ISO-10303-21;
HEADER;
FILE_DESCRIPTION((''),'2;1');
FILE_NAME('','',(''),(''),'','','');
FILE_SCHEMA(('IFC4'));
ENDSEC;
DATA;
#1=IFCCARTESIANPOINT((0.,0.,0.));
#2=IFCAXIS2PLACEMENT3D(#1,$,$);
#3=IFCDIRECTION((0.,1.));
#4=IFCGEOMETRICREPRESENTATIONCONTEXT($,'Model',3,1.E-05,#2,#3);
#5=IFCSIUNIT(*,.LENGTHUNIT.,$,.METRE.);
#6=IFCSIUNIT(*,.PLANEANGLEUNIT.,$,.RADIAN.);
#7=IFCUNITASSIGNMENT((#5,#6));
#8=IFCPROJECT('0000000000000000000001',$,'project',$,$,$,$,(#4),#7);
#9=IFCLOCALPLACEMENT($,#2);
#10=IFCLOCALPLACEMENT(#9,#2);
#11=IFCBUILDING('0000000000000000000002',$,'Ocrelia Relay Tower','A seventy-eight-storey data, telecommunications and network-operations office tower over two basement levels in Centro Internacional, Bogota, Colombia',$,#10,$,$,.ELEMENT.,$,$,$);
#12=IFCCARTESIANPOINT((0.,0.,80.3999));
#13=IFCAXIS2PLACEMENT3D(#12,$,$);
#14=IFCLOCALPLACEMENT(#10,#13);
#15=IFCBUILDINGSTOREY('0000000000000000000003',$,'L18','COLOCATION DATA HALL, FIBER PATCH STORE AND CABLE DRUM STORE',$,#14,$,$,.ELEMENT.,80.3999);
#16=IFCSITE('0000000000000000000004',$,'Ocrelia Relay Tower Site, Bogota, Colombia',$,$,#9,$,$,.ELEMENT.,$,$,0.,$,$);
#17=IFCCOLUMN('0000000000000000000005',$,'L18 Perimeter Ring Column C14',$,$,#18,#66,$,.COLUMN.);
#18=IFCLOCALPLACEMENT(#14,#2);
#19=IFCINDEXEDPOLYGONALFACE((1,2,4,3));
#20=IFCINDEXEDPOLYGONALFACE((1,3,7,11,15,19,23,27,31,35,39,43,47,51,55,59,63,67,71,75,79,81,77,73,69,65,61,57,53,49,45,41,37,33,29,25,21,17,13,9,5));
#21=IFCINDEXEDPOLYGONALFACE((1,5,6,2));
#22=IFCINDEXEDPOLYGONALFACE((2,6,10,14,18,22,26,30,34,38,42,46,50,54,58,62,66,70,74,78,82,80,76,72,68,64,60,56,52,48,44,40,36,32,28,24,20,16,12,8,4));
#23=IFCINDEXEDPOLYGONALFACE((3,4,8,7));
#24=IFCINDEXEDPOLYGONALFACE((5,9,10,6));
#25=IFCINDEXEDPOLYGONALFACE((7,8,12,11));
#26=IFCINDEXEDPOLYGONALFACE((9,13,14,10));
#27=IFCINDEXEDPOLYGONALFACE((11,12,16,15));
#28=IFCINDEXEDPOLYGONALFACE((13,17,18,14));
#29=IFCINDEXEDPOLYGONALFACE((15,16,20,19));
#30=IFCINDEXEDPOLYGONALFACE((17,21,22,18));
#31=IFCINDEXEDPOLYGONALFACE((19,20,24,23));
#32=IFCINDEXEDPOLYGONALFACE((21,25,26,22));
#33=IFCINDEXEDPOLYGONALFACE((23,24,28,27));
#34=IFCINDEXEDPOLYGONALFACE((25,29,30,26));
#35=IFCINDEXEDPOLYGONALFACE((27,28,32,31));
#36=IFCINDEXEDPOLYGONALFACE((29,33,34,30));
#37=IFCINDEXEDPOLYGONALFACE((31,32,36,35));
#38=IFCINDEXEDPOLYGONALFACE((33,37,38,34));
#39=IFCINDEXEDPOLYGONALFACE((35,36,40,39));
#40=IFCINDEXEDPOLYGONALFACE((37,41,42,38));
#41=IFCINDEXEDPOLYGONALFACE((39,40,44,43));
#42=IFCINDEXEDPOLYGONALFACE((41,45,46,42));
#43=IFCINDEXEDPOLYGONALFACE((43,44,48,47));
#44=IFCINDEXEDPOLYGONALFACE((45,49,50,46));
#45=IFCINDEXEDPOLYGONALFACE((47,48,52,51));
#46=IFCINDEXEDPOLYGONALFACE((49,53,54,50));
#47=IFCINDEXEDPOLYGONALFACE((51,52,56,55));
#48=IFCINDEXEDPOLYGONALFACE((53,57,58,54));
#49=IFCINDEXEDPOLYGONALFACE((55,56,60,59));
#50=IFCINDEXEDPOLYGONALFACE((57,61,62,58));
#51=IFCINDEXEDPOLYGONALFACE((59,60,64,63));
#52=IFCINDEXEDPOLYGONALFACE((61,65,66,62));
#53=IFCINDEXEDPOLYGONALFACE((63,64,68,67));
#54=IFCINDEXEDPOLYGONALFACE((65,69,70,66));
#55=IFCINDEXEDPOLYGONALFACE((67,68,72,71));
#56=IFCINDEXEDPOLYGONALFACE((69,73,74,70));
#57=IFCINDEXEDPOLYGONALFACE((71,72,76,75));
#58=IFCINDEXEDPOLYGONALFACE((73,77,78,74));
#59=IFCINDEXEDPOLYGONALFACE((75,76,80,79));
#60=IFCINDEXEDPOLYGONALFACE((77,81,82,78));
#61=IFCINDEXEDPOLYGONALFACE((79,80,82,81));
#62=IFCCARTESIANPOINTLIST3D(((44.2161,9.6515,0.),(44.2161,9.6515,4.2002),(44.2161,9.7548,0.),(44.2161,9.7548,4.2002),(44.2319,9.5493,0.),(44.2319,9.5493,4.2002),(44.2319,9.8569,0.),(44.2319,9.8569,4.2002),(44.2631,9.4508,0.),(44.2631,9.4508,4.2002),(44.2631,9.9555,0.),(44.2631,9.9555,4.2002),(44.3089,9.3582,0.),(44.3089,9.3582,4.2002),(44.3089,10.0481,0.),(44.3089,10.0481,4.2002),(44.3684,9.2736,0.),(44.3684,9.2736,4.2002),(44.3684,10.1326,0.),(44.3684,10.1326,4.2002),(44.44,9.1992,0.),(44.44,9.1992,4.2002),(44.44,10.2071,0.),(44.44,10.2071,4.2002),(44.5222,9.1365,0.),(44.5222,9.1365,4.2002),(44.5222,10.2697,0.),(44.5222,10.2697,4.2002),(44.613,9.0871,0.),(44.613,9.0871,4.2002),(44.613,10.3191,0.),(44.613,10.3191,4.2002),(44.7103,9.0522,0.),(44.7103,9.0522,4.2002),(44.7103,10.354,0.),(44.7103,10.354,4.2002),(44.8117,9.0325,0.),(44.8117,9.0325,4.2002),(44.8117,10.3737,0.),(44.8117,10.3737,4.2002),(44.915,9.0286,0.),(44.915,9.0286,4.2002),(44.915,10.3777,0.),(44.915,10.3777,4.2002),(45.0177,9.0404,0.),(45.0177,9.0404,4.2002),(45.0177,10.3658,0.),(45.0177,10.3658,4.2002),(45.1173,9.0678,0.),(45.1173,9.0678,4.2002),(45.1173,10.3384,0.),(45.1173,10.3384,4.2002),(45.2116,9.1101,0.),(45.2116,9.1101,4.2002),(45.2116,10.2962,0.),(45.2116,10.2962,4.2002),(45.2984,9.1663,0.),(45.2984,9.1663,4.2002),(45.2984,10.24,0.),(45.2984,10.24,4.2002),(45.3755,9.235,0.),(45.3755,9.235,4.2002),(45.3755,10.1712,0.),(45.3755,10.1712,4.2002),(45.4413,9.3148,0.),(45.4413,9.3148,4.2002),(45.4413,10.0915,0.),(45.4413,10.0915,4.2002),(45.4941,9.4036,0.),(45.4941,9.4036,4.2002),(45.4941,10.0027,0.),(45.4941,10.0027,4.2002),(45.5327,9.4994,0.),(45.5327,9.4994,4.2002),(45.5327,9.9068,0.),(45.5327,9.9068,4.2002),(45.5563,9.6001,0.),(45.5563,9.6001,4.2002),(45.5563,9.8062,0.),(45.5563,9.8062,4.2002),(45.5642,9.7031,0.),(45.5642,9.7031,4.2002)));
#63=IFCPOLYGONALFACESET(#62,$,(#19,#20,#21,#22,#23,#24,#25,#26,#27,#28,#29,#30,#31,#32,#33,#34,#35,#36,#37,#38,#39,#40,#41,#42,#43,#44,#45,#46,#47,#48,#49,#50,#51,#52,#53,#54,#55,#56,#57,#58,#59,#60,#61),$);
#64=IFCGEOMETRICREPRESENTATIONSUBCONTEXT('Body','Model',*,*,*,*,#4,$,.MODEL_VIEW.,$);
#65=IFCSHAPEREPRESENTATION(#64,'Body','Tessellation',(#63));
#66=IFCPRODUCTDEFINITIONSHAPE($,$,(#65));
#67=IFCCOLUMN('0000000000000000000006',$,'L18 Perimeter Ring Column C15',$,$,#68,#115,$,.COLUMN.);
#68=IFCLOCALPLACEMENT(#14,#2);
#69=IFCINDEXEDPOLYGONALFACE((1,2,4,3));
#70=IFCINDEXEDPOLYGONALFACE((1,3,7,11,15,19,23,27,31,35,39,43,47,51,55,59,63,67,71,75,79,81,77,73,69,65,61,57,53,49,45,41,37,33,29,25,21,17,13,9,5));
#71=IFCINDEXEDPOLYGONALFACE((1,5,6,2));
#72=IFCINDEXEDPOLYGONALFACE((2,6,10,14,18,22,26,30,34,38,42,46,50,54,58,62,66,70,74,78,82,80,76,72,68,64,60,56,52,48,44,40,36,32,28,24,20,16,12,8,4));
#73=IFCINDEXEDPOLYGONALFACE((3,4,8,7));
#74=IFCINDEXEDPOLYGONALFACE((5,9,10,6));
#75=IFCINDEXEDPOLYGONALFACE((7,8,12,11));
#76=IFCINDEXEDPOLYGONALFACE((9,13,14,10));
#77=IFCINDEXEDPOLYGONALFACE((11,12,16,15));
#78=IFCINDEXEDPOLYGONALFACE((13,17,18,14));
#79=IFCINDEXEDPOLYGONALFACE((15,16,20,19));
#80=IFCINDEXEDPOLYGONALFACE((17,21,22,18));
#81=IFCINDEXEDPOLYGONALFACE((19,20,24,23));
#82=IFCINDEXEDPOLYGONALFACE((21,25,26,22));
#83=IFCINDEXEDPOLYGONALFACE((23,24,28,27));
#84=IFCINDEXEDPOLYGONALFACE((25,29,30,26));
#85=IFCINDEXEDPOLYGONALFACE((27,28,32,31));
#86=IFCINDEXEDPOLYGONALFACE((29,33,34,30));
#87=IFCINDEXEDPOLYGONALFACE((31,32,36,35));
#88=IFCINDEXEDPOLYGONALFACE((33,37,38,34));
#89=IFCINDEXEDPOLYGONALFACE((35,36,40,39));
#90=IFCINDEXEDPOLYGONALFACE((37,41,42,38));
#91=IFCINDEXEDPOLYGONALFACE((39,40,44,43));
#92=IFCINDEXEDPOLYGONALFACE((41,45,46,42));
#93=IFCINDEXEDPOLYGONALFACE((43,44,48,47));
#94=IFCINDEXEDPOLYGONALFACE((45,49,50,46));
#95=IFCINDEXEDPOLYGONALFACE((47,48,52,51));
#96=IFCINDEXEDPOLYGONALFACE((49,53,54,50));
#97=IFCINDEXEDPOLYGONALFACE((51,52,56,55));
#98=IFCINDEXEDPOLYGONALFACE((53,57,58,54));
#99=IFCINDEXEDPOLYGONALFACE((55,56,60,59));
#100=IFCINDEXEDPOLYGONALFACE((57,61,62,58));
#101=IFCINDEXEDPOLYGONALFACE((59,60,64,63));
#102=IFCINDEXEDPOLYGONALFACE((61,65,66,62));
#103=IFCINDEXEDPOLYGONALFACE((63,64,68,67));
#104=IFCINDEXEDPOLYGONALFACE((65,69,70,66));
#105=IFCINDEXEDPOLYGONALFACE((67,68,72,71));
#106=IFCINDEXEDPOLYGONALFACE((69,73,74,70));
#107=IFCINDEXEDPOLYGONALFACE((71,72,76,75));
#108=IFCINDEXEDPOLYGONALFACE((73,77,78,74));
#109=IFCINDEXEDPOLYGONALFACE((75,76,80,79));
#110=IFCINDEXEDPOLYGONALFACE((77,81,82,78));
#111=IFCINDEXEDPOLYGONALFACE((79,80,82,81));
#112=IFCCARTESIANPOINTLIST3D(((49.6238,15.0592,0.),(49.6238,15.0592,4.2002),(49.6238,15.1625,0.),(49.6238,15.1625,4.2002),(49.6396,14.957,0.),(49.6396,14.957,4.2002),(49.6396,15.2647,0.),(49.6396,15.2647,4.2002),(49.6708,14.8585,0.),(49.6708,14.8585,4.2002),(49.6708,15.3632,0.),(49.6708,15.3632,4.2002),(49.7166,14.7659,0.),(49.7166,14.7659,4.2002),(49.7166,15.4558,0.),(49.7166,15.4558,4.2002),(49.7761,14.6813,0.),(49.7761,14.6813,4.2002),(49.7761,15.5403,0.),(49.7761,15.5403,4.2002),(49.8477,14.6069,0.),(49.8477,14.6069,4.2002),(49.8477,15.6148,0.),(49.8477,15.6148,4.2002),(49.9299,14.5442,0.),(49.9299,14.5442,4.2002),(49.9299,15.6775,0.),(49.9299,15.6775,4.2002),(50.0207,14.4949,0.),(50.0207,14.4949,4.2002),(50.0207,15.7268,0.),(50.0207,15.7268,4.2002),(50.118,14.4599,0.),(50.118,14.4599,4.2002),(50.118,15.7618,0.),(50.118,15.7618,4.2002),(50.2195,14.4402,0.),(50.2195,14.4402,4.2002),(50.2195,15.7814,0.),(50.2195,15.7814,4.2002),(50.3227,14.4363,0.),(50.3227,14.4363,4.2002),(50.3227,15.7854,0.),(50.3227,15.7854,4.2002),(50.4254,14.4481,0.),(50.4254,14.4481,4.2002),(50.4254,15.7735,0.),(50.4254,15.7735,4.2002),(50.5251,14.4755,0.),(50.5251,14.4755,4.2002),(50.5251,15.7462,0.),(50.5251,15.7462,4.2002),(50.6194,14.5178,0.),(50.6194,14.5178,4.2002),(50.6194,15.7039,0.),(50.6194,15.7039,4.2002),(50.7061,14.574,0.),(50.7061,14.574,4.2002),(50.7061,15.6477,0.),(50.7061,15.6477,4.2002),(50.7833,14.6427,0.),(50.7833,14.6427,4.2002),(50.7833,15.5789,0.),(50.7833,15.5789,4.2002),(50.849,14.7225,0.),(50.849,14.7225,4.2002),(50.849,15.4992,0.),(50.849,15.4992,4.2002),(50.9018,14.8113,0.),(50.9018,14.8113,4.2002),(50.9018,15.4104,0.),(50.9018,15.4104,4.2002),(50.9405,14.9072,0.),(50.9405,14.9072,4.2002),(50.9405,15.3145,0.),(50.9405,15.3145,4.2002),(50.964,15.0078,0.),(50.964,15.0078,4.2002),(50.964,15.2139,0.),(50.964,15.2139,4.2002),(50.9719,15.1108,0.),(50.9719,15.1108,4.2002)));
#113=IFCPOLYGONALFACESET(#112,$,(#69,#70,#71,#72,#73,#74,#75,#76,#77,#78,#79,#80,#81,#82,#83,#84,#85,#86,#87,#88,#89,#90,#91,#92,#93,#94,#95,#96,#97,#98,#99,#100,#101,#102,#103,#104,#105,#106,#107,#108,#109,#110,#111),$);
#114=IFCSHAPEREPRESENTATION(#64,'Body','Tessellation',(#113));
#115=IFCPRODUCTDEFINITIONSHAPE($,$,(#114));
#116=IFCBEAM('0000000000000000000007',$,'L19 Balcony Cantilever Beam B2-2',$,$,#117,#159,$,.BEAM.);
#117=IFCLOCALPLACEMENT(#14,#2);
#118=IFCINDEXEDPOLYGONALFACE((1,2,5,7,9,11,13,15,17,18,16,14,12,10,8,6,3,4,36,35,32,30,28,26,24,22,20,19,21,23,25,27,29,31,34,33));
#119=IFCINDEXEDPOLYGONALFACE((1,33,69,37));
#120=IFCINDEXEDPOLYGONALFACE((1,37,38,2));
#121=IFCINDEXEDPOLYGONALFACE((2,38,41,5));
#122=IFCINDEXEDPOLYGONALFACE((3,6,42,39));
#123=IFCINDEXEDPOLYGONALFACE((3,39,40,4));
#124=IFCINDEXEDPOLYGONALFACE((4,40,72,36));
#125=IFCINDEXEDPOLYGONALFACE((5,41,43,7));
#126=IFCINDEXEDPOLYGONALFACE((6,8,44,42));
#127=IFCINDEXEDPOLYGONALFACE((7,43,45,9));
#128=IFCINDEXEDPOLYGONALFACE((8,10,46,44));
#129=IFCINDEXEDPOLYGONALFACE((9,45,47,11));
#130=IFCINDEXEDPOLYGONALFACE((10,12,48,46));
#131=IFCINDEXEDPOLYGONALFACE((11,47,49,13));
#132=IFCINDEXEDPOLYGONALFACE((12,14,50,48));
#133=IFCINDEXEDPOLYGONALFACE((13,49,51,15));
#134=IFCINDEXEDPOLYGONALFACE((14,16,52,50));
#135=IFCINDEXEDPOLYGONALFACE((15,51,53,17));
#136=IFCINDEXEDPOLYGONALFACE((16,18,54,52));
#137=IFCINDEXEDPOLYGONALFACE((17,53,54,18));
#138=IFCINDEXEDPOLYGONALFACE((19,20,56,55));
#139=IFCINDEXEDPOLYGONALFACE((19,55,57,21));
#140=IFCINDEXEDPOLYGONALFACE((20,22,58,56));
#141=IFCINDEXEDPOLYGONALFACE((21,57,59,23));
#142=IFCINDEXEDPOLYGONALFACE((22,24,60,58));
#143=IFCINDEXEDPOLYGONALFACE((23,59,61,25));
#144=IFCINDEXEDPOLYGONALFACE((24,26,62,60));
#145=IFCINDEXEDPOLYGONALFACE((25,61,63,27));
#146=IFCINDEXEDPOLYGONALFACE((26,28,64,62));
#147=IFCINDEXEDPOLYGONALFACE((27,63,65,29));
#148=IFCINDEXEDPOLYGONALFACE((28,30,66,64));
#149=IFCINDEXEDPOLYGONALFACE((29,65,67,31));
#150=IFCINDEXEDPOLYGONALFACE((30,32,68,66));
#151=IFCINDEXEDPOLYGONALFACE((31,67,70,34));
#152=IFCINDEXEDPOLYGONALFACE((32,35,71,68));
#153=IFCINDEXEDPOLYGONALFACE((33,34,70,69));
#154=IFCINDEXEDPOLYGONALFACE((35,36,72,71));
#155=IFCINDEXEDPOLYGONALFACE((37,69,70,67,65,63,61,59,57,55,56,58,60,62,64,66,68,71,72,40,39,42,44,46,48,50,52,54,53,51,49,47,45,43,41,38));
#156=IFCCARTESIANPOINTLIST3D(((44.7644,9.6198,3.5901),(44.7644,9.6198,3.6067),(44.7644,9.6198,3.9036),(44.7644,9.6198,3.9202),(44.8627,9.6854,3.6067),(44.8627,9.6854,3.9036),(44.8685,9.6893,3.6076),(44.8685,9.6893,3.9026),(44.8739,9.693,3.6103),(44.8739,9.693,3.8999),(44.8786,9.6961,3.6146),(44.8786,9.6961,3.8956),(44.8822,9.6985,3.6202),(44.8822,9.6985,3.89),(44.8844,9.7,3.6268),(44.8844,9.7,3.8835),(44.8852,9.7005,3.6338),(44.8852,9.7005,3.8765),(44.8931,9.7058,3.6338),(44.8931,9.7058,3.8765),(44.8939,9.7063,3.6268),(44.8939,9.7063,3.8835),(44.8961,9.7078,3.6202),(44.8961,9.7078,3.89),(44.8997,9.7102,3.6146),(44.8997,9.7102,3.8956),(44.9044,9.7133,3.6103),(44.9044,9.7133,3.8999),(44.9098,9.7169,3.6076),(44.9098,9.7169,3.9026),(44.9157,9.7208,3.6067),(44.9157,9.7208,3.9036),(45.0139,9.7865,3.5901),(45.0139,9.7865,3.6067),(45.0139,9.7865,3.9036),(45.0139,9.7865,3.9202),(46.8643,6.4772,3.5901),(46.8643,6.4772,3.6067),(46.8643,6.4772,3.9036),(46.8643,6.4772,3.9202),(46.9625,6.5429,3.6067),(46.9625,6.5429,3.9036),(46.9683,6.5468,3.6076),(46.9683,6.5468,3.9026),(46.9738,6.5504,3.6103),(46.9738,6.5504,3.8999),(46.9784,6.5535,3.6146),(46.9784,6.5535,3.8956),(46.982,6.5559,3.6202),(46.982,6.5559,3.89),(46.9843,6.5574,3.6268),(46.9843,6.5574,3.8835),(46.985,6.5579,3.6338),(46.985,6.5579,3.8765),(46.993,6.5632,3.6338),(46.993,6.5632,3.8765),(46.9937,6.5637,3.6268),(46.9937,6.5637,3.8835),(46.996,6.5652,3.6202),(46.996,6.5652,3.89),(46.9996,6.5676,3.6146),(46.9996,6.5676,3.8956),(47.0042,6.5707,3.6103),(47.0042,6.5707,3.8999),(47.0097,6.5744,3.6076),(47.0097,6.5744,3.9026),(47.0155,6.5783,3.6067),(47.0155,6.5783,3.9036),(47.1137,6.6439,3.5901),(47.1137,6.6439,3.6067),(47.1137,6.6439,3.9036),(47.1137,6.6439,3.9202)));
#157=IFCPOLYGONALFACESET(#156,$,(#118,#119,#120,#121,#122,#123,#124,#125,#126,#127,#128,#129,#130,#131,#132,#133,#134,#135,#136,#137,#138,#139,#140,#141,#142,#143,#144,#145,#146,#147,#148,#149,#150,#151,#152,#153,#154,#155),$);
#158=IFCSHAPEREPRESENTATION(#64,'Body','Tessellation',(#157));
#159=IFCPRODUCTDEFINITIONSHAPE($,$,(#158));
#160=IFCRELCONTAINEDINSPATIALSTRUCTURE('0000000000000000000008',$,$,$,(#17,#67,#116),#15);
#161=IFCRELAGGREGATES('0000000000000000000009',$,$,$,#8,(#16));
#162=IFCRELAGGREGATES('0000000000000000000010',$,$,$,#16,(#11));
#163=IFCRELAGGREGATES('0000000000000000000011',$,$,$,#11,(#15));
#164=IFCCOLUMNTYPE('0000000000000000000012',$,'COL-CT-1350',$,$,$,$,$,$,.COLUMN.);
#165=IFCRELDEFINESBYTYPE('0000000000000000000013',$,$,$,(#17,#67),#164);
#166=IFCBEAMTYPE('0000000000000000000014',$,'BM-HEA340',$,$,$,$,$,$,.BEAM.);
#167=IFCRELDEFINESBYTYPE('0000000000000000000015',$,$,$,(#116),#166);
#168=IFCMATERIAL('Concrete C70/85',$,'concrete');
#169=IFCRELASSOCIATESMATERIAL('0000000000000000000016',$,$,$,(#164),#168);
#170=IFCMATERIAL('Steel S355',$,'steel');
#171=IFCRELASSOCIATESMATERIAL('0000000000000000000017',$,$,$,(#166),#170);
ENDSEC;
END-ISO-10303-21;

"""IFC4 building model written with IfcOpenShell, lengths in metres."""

from ifc_helpers import new_model, si_unit, direction, frame, origin, origin_2d, place, context, subcontext, project, spatial, circle, i_section, extrude, material, material_profile, profile_set, type_object, element, save


model = new_model("IFC4")

# Units and contexts
model_context = context("Model", 3, precision=1e-05, world=origin(), true_north=direction((0.0, 1.0)))
body_context = subcontext(model_context, "Body", "Model", "MODEL_VIEW")
ifc_project = project(units=[si_unit("LENGTHUNIT", "METRE"), si_unit("PLANEANGLEUNIT", "RADIAN")], contexts=[model_context])

# Site, building, storey
site_placement = place(None, origin())
site = spatial("IfcSite", under=ifc_project, at=site_placement, Name="Ocrelia Relay Tower Site, Bogota, Colombia", CompositionType="ELEMENT", RefElevation=0.0)
building_placement = place(site_placement, origin())
building = spatial("IfcBuilding", under=site, at=building_placement, Name="Ocrelia Relay Tower", Description="A seventy-eight-storey data, telecommunications and network-operations office tower over two basement levels in Centro Internacional, Bogota, Colombia", CompositionType="ELEMENT")
storey_placement = place(building_placement, frame((0.0, 0.0, 80.3999)))
storey = spatial("IfcBuildingStorey", under=building, at=storey_placement, Name="L18", Description="COLOCATION DATA HALL, FIBER PATCH STORE AND CABLE DRUM STORE", CompositionType="ELEMENT", Elevation=80.3999)

# Columns
ifc_material_1 = material(Name="Concrete C70/85", Category="concrete")
ifc_material_profile_1 = material_profile(ifc_material_1, circle(Radius=0.675, at=origin_2d()), Name="RC-CIR-1350")
ifc_profile_set_1 = profile_set([ifc_material_profile_1], Name="Concrete C70/85")
column_type = type_object("IfcColumnType", Name="COL-CT-1350", PredefinedType="COLUMN", material=ifc_profile_set_1)
for number, where, z_axis, x_axis, name in (
    (1, (44.8892, 9.7031, 0.0), (0.0, 0.0, 1.0), (1.0, 0.0, 0.0), "L18 Perimeter Ring Column C14"),
    (2, (50.2969, 15.1108, 0.0), (0.0, 0.0, 1.0), (1.0, 0.0, 0.0), "L18 Perimeter Ring Column C15"),
):
    element("IfcColumn", number, at=place(storey_placement, frame(where, z_axis=z_axis, x_axis=x_axis)), inside=storey, type_object=column_type, Name=name, PredefinedType="COLUMN", context=body_context, shape_type="SweptSolid", body=[
        extrude(circle(Radius=0.675, at=origin_2d()), origin(), (0.0, 0.0, 1.0), 4.2002),
    ])

# Beam
ifc_material_2 = material(Name="Steel S355", Category="steel")
ifc_material_profile_2 = material_profile(ifc_material_2, i_section(OverallWidth=0.3, OverallDepth=0.3301, WebThickness=0.0095, FlangeThickness=0.0166, FilletRadius=0.0271, at=origin_2d()), Name="HEA 340")
ifc_profile_set_2 = profile_set([ifc_material_profile_2], Name="Steel S355")
beam_type_1 = type_object("IfcBeamType", Name="BM-HEA340", PredefinedType="BEAM", material=ifc_profile_set_2)
beam_1_placement = place(storey_placement, frame((44.8892, 9.7031, 3.7551), z_axis=(0.555579, -0.831464, 0.0), x_axis=(0.831464, 0.555579, 0.0)))
element("IfcBeam", 3, at=beam_1_placement, inside=storey, type_object=beam_type_1, Name="L19 Balcony Cantilever Beam B2-2", PredefinedType="BEAM", context=body_context, shape_type="SweptSolid", body=[
    extrude(i_section(OverallWidth=0.3, OverallDepth=0.3301, WebThickness=0.0095, FlangeThickness=0.0166, FilletRadius=0.0271, at=origin_2d()), origin(), (0.0, 0.0, 1.0), 3.7795),
])

save(model, "model.ifc")
